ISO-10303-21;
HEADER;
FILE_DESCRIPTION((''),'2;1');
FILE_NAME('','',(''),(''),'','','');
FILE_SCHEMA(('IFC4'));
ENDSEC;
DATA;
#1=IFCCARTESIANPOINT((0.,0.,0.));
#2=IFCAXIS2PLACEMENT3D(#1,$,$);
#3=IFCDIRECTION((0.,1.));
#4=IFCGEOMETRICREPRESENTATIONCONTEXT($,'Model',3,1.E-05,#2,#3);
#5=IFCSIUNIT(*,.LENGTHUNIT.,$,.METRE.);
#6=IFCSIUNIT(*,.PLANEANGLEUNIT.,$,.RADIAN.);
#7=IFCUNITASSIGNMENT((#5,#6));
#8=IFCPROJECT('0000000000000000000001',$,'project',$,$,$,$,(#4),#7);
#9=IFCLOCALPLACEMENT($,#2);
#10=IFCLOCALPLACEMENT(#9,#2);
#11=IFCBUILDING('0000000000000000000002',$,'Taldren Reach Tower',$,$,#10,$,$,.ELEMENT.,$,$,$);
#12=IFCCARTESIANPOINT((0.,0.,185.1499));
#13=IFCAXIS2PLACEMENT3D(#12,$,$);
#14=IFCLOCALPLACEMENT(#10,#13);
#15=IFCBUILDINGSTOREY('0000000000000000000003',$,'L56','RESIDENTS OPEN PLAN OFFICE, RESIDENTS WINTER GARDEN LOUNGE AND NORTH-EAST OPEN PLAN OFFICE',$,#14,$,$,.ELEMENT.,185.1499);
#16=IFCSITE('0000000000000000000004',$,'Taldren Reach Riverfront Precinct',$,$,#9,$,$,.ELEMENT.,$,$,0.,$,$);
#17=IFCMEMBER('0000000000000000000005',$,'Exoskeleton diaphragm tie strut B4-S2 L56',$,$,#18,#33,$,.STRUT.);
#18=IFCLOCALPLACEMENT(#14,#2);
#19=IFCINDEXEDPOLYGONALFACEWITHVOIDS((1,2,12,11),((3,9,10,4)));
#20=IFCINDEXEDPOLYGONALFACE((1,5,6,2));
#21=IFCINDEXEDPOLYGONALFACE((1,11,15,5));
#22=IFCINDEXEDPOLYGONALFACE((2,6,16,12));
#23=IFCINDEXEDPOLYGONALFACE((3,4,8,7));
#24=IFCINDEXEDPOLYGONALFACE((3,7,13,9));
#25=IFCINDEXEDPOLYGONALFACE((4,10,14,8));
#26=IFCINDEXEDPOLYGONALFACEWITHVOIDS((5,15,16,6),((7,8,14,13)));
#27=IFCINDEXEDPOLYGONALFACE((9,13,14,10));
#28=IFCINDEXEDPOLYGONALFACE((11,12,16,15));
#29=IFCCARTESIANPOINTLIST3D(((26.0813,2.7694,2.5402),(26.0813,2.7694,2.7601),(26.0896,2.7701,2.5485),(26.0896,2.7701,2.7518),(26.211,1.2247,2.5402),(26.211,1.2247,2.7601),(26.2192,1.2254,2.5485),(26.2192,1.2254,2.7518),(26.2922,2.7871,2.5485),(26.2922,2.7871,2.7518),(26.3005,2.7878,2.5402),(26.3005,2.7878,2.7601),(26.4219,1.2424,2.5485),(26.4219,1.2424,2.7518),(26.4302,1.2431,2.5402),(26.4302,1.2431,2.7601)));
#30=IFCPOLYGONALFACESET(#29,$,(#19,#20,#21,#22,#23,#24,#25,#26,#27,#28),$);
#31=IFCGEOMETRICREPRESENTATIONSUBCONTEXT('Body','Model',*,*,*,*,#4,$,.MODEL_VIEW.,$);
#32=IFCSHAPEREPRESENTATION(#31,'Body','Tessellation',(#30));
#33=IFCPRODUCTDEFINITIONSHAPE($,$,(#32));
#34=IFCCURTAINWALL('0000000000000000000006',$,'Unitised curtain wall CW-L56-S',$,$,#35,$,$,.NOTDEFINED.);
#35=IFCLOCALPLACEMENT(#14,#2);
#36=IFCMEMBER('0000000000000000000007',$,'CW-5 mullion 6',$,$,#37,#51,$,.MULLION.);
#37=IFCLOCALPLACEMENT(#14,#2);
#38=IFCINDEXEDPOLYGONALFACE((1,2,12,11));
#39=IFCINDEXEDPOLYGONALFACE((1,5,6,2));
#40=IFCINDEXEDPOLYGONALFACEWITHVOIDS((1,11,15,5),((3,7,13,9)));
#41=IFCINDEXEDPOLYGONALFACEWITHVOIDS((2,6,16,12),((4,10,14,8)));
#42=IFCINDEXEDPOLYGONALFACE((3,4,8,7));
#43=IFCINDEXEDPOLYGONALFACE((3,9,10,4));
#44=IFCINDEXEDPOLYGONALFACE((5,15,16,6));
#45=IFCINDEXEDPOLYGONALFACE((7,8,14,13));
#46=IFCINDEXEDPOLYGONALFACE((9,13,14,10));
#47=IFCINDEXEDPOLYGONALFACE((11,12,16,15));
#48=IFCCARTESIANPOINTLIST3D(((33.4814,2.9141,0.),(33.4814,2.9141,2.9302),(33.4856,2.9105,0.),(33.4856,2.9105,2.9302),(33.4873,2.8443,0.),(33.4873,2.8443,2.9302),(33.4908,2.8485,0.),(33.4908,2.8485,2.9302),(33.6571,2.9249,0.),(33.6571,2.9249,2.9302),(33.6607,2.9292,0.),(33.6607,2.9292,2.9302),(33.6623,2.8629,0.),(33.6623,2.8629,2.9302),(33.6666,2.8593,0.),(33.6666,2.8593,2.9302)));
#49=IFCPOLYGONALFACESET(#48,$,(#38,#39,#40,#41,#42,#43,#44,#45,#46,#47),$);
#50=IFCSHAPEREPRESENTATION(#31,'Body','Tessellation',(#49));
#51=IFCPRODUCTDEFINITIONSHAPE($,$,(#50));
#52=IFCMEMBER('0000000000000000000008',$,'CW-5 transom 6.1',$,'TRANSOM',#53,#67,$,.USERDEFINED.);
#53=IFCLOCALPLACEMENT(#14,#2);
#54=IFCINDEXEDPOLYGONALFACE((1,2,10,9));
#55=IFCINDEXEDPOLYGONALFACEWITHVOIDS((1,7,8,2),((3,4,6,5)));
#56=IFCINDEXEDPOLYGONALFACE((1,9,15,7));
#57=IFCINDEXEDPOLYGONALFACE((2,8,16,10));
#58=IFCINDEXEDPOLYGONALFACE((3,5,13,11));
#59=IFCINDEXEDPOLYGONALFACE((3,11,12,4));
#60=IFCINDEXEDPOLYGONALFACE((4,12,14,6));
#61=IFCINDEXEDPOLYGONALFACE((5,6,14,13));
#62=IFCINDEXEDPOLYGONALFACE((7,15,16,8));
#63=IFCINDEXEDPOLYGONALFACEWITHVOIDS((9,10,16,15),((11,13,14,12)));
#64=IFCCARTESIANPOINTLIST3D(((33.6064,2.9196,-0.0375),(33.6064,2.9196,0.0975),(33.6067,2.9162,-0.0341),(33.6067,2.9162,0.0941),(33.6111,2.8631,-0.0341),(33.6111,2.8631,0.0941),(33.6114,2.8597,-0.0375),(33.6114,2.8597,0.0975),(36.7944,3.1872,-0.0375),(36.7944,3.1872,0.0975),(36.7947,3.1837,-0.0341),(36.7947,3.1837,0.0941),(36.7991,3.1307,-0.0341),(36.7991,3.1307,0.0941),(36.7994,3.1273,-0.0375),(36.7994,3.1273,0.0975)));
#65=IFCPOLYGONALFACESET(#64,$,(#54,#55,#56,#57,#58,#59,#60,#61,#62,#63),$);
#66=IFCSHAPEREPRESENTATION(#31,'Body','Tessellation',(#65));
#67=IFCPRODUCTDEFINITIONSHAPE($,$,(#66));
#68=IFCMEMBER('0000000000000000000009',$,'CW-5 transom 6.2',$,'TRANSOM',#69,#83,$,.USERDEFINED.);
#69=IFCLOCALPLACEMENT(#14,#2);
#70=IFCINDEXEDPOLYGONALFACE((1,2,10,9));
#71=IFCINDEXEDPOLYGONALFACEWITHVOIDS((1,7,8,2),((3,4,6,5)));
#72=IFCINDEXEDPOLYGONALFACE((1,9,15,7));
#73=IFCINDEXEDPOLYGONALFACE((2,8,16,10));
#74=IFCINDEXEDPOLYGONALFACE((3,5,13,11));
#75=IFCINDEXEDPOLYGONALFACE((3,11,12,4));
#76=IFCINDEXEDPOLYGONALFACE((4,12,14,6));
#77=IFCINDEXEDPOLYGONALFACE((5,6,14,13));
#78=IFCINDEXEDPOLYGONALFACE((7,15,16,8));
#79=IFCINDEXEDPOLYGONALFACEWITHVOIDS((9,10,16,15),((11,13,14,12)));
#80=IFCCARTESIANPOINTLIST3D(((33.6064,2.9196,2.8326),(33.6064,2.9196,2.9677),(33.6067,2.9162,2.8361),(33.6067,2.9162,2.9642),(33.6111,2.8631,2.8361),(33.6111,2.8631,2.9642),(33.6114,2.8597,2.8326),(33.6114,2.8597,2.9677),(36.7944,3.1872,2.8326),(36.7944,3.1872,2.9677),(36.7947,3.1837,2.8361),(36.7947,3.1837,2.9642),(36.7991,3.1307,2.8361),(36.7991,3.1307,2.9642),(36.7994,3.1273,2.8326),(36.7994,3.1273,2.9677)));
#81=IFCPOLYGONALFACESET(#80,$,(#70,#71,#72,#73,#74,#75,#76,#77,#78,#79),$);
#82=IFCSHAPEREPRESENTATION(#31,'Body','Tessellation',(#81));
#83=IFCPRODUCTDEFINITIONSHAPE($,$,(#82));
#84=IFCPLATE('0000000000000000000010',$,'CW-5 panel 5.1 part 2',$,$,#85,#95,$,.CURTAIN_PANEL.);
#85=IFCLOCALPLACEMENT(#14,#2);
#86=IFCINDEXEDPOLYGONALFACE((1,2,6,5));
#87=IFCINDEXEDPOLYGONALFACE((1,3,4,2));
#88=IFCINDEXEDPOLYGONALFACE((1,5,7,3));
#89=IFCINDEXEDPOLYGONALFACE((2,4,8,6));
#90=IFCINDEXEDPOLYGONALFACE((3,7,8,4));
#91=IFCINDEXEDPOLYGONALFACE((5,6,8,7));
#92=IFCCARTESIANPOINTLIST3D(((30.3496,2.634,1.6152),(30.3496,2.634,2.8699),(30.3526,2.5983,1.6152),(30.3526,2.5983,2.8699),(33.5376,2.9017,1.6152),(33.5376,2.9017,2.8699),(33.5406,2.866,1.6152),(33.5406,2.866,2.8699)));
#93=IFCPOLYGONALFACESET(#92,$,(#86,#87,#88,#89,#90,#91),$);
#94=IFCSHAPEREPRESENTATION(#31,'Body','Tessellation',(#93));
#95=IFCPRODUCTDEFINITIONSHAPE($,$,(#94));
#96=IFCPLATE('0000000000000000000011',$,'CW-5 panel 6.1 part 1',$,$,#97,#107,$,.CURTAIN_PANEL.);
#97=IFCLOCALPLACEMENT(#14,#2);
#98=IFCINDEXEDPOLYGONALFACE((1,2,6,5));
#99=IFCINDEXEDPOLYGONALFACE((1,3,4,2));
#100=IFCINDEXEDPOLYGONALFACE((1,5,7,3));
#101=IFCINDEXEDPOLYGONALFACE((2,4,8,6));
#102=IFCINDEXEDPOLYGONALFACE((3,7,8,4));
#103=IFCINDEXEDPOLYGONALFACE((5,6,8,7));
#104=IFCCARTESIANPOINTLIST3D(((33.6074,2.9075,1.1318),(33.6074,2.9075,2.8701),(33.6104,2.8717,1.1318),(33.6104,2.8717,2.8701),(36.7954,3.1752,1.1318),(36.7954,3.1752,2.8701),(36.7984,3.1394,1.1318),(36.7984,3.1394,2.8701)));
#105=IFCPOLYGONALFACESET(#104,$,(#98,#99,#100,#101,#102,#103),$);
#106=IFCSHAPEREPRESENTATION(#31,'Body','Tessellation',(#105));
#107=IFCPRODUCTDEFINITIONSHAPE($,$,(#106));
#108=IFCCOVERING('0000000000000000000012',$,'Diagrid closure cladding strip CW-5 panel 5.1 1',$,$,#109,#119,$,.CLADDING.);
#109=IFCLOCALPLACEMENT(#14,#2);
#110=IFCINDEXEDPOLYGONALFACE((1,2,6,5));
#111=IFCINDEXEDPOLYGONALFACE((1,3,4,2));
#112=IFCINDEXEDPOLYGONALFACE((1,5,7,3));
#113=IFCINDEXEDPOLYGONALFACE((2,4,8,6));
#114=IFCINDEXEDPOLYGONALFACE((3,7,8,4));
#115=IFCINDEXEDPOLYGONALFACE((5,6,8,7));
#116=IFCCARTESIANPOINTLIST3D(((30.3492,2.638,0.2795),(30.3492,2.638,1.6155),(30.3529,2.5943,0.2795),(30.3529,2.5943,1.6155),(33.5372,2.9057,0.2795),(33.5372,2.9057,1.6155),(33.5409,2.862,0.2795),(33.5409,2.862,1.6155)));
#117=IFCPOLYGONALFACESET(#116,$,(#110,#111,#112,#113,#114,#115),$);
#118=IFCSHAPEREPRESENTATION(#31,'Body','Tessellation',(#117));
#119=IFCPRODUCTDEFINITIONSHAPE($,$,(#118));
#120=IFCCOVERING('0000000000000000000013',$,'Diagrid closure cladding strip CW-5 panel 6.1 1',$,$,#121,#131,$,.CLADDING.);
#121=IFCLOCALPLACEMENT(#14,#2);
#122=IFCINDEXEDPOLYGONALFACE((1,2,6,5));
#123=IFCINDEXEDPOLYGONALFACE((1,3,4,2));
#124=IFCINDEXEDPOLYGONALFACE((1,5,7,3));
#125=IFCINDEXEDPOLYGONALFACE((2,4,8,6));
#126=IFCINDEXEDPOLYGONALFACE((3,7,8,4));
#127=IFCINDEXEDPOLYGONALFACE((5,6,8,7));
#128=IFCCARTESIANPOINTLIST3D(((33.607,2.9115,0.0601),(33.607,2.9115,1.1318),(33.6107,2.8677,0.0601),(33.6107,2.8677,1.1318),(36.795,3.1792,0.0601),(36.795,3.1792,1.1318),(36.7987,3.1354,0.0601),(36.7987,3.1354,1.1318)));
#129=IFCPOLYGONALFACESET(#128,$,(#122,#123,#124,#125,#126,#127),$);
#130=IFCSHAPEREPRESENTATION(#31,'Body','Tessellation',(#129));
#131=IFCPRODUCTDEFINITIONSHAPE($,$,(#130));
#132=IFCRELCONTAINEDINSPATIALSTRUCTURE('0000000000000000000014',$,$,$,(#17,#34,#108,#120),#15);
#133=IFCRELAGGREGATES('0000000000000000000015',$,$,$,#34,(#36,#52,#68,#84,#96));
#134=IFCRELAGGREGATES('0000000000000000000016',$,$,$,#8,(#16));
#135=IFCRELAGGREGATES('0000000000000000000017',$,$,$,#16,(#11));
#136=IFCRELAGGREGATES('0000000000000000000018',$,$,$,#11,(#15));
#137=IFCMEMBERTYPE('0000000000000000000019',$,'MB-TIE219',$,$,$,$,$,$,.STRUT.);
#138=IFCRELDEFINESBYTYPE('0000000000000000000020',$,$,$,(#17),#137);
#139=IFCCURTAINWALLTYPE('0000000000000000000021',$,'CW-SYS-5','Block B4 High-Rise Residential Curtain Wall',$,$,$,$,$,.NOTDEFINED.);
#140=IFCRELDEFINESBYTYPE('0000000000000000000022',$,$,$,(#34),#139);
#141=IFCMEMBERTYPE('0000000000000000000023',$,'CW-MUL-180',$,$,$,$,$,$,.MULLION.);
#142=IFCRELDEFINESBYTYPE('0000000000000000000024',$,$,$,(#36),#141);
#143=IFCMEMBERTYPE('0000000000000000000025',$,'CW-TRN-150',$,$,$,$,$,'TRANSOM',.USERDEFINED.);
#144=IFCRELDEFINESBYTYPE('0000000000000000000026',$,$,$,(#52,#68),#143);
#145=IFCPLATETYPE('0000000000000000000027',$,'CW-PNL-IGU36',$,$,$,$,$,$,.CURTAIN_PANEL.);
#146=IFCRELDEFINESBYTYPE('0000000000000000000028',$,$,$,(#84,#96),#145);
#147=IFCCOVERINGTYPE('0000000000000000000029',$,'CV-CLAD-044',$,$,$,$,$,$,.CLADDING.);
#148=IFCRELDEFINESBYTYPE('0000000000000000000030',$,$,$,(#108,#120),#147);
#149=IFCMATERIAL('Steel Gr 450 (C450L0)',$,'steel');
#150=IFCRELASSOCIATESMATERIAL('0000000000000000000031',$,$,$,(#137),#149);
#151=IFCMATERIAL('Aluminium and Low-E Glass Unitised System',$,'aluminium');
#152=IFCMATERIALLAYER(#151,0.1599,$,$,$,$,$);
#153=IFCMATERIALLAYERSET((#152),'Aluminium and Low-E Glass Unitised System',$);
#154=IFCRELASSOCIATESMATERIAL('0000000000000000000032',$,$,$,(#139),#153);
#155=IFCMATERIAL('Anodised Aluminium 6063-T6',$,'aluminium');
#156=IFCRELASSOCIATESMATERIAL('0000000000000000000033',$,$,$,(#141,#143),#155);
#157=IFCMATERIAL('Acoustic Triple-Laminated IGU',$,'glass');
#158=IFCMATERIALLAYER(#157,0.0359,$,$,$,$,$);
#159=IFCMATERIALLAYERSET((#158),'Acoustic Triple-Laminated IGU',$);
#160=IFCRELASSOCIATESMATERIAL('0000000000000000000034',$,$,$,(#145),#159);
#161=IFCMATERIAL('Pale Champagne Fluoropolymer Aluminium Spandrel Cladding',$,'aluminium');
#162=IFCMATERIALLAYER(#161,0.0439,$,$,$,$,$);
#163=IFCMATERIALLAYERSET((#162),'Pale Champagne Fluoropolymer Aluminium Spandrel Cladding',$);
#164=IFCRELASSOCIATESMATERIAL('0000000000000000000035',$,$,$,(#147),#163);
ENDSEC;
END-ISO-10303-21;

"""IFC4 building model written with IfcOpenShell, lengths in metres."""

from ifc_helpers import new_model, si_unit, direction, frame, origin, origin_2d, place, context, subcontext, project, spatial, rectangle, hollow_rectangle, extrude, source, transform, mapped, material, layer, layer_set, material_profile, profile_set, type_object, element, aggregate, save


model = new_model("IFC4")

# Units and contexts
model_context = context("Model", 3, precision=1e-05, world=origin(), true_north=direction((0.0, 1.0)))
body_context = subcontext(model_context, "Body", "Model", "MODEL_VIEW")
ifc_project = project(units=[si_unit("LENGTHUNIT", "METRE"), si_unit("PLANEANGLEUNIT", "RADIAN")], contexts=[model_context])

# Site, building, storey
site_placement = place(None, origin())
site = spatial("IfcSite", under=ifc_project, at=site_placement, Name="Taldren Reach Riverfront Precinct", CompositionType="ELEMENT", RefElevation=0.0)
building_placement = place(site_placement, origin())
building = spatial("IfcBuilding", under=site, at=building_placement, Name="Taldren Reach Tower", CompositionType="ELEMENT")
storey_placement = place(building_placement, frame((0.0, 0.0, 185.1499)))
storey = spatial("IfcBuildingStorey", under=building, at=storey_placement, Name="L56", Description="RESIDENTS OPEN PLAN OFFICE, RESIDENTS WINTER GARDEN LOUNGE AND NORTH-EAST OPEN PLAN OFFICE", CompositionType="ELEMENT", Elevation=185.1499)

# Member
ifc_material_1 = material(Name="Steel Gr 450 (C450L0)", Category="steel")
ifc_material_profile_1 = material_profile(ifc_material_1, hollow_rectangle(XDim=0.22, YDim=0.22, WallThickness=0.0083, at=origin_2d()), Name="220x220x8.2SHS")
ifc_profile_set_1 = profile_set([ifc_material_profile_1], Name="Steel Gr 450 (C450L0)")
member_type_1 = type_object("IfcMemberType", Name="MB-TIE219", PredefinedType="STRUT", material=ifc_profile_set_1)
shared_shape_1 = source(origin(), body_context, "Body", "SweptSolid", [
    extrude(hollow_rectangle(XDim=0.22, YDim=0.22, WallThickness=0.0083, at=origin_2d()), origin(), (0.0, 0.0, 1.0), 1.55),
])
member_1_placement = place(storey_placement, frame((26.1909, 2.7786, 2.6501), z_axis=(0.083632, -0.996497, 0.0), x_axis=(0.996497, 0.083632, 0.0)))
element("IfcMember", 1, at=member_1_placement, inside=storey, type_object=member_type_1, Name="Exoskeleton diaphragm tie strut B4-S2 L56", PredefinedType="STRUT", context=body_context, shape_type="MappedRepresentation", body=[
    mapped(shared_shape_1, transform((0.0, 0.0, 0.0), scale=1.0)),
])

# Curtain wall, members, plates
ifc_material_2 = material(Name="Aluminium and Low-E Glass Unitised System", Category="aluminium")
ifc_layer_1 = layer(ifc_material_2, 0.1599)
ifc_layer_set_1 = layer_set([ifc_layer_1], Name="Aluminium and Low-E Glass Unitised System")
curtain_wall_type = type_object("IfcCurtainWallType", Name="CW-SYS-5", Description="Block B4 High-Rise Residential Curtain Wall", PredefinedType="NOTDEFINED", material=ifc_layer_set_1)
curtain_wall_placement = place(storey_placement, origin())
curtain_wall = element("IfcCurtainWall", 2, at=curtain_wall_placement, inside=storey, type_object=curtain_wall_type, Name="Unitised curtain wall CW-L56-S", PredefinedType="NOTDEFINED")
ifc_material_3 = material(Name="Anodised Aluminium 6063-T6", Category="aluminium")
ifc_material_profile_2 = material_profile(ifc_material_3, hollow_rectangle(XDim=0.0701, YDim=0.1799, WallThickness=0.0039, at=origin_2d()), Name="ALU-180x70x4RHS")
ifc_profile_set_2 = profile_set([ifc_material_profile_2], Name="Anodised Aluminium 6063-T6")
member_type_2 = type_object("IfcMemberType", Name="CW-MUL-180", PredefinedType="MULLION", material=ifc_profile_set_2)
shared_shape_2 = source(origin(), body_context, "Body", "SweptSolid", [
    extrude(hollow_rectangle(XDim=0.0701, YDim=0.1799, WallThickness=0.0039, at=origin_2d()), origin(), (0.0, 0.0, 1.0), 2.9302),
])
member_2_placement = place(storey_placement, frame((33.574, 2.8867, 0.0), z_axis=(0.0, 0.0, 1.0), x_axis=(-0.083678, 0.996493, 0.0)))
member_2 = element("IfcMember", 3, at=member_2_placement, type_object=member_type_2, Name="CW-5 mullion 6", PredefinedType="MULLION", context=body_context, shape_type="MappedRepresentation", body=[
    mapped(shared_shape_2, transform((0.0, 0.0, 0.0), scale=1.0)),
])
ifc_material_profile_3 = material_profile(ifc_material_3, hollow_rectangle(XDim=0.0601, YDim=0.135, WallThickness=0.0034, at=origin_2d()), Name="ALU-135x60x3.5RHS")
ifc_profile_set_3 = profile_set([ifc_material_profile_3], Name="Anodised Aluminium 6063-T6")
member_type_3 = type_object("IfcMemberType", Name="CW-TRN-150", ElementType="TRANSOM", PredefinedType="USERDEFINED", material=ifc_profile_set_3)
shared_shape_3 = source(origin(), body_context, "Body", "SweptSolid", [
    extrude(hollow_rectangle(XDim=0.0601, YDim=0.135, WallThickness=0.0034, at=origin_2d()), origin(), (0.0, 0.0, 1.0), 3.1992),
])
member_3_placement = place(storey_placement, frame((33.6089, 2.8896, 0.03), z_axis=(0.996496, 0.083639, 0.0), x_axis=(-0.083639, 0.996496, 0.0)))
member_3 = element("IfcMember", 4, at=member_3_placement, type_object=member_type_3, Name="CW-5 transom 6.1", ObjectType="TRANSOM", PredefinedType="USERDEFINED", context=body_context, shape_type="MappedRepresentation", body=[
    mapped(shared_shape_3, transform((0.0, 0.0, 0.0), scale=1.0)),
])
member_4_placement = place(storey_placement, frame((33.6089, 2.8896, 2.9001), z_axis=(0.996496, 0.083639, 0.0), x_axis=(-0.083639, 0.996496, 0.0)))
member_4 = element("IfcMember", 5, at=member_4_placement, type_object=member_type_3, Name="CW-5 transom 6.2", ObjectType="TRANSOM", PredefinedType="USERDEFINED", context=body_context, shape_type="MappedRepresentation", body=[
    mapped(shared_shape_3, transform((0.0, 0.0, 0.0), scale=1.0)),
])
ifc_material_4 = material(Name="Acoustic Triple-Laminated IGU", Category="glass")
ifc_layer_2 = layer(ifc_material_4, 0.0359)
ifc_layer_set_2 = layer_set([ifc_layer_2], Name="Acoustic Triple-Laminated IGU")
plate_type = type_object("IfcPlateType", Name="CW-PNL-IGU36", PredefinedType="CURTAIN_PANEL", material=ifc_layer_set_2)
shared_shape_4 = source(origin(), body_context, "Body", "SweptSolid", [
    extrude(rectangle(XDim=3.1992, YDim=0.0359, at=origin_2d()), origin(), (0.0, 0.0, 1.0), 1.2546),
])
plate_1_placement = place(storey_placement, frame((31.9451, 2.75, 1.6152), z_axis=(0.0, 0.0, 1.0), x_axis=(0.996493, 0.083678, 0.0)))
plate_1 = element("IfcPlate", 6, at=plate_1_placement, type_object=plate_type, Name="CW-5 panel 5.1 part 2", PredefinedType="CURTAIN_PANEL", context=body_context, shape_type="MappedRepresentation", body=[
    mapped(shared_shape_4, transform((0.0, 0.0, 0.0), scale=1.0)),
])
shared_shape_5 = source(origin(), body_context, "Body", "SweptSolid", [
    extrude(rectangle(XDim=3.1992, YDim=0.0359, at=origin_2d()), origin(), (0.0, 0.0, 1.0), 1.7383),
])
plate_2_placement = place(storey_placement, frame((35.2029, 3.0234, 1.1318), z_axis=(0.0, 0.0, 1.0), x_axis=(0.996493, 0.083678, 0.0)))
plate_2 = element("IfcPlate", 7, at=plate_2_placement, type_object=plate_type, Name="CW-5 panel 6.1 part 1", PredefinedType="CURTAIN_PANEL", context=body_context, shape_type="MappedRepresentation", body=[
    mapped(shared_shape_5, transform((0.0, 0.0, 0.0), scale=1.0)),
])
aggregate(curtain_wall, [member_2, member_3, member_4, plate_1, plate_2])

# Coverings
ifc_material_5 = material(Name="Pale Champagne Fluoropolymer Aluminium Spandrel Cladding", Category="aluminium")
ifc_layer_3 = layer(ifc_material_5, 0.0439)
ifc_layer_set_3 = layer_set([ifc_layer_3], Name="Pale Champagne Fluoropolymer Aluminium Spandrel Cladding")
covering_type = type_object("IfcCoveringType", Name="CV-CLAD-044", PredefinedType="CLADDING", material=ifc_layer_set_3)
shared_shape_6 = source(origin(), body_context, "Body", "SweptSolid", [
    extrude(rectangle(XDim=3.1992, YDim=0.0439, at=origin_2d()), origin(), (0.0, 0.0, 1.0), 1.3359),
])
covering_1_placement = place(storey_placement, frame((31.9451, 2.75, 0.2795), z_axis=(0.0, 0.0, 1.0), x_axis=(0.996493, 0.083678, 0.0)))
element("IfcCovering", 8, at=covering_1_placement, inside=storey, type_object=covering_type, Name="Diagrid closure cladding strip CW-5 panel 5.1 1", PredefinedType="CLADDING", context=body_context, shape_type="MappedRepresentation", body=[
    mapped(shared_shape_6, transform((0.0, 0.0, 0.0), scale=1.0)),
])
shared_shape_7 = source(origin(), body_context, "Body", "SweptSolid", [
    extrude(rectangle(XDim=3.1992, YDim=0.0439, at=origin_2d()), origin(), (0.0, 0.0, 1.0), 1.0718),
])
covering_2_placement = place(storey_placement, frame((35.2029, 3.0234, 0.0601), z_axis=(0.0, 0.0, 1.0), x_axis=(0.996493, 0.083678, 0.0)))
element("IfcCovering", 9, at=covering_2_placement, inside=storey, type_object=covering_type, Name="Diagrid closure cladding strip CW-5 panel 6.1 1", PredefinedType="CLADDING", context=body_context, shape_type="MappedRepresentation", body=[
    mapped(shared_shape_7, transform((0.0, 0.0, 0.0), scale=1.0)),
])

save(model, "model.ifc")
